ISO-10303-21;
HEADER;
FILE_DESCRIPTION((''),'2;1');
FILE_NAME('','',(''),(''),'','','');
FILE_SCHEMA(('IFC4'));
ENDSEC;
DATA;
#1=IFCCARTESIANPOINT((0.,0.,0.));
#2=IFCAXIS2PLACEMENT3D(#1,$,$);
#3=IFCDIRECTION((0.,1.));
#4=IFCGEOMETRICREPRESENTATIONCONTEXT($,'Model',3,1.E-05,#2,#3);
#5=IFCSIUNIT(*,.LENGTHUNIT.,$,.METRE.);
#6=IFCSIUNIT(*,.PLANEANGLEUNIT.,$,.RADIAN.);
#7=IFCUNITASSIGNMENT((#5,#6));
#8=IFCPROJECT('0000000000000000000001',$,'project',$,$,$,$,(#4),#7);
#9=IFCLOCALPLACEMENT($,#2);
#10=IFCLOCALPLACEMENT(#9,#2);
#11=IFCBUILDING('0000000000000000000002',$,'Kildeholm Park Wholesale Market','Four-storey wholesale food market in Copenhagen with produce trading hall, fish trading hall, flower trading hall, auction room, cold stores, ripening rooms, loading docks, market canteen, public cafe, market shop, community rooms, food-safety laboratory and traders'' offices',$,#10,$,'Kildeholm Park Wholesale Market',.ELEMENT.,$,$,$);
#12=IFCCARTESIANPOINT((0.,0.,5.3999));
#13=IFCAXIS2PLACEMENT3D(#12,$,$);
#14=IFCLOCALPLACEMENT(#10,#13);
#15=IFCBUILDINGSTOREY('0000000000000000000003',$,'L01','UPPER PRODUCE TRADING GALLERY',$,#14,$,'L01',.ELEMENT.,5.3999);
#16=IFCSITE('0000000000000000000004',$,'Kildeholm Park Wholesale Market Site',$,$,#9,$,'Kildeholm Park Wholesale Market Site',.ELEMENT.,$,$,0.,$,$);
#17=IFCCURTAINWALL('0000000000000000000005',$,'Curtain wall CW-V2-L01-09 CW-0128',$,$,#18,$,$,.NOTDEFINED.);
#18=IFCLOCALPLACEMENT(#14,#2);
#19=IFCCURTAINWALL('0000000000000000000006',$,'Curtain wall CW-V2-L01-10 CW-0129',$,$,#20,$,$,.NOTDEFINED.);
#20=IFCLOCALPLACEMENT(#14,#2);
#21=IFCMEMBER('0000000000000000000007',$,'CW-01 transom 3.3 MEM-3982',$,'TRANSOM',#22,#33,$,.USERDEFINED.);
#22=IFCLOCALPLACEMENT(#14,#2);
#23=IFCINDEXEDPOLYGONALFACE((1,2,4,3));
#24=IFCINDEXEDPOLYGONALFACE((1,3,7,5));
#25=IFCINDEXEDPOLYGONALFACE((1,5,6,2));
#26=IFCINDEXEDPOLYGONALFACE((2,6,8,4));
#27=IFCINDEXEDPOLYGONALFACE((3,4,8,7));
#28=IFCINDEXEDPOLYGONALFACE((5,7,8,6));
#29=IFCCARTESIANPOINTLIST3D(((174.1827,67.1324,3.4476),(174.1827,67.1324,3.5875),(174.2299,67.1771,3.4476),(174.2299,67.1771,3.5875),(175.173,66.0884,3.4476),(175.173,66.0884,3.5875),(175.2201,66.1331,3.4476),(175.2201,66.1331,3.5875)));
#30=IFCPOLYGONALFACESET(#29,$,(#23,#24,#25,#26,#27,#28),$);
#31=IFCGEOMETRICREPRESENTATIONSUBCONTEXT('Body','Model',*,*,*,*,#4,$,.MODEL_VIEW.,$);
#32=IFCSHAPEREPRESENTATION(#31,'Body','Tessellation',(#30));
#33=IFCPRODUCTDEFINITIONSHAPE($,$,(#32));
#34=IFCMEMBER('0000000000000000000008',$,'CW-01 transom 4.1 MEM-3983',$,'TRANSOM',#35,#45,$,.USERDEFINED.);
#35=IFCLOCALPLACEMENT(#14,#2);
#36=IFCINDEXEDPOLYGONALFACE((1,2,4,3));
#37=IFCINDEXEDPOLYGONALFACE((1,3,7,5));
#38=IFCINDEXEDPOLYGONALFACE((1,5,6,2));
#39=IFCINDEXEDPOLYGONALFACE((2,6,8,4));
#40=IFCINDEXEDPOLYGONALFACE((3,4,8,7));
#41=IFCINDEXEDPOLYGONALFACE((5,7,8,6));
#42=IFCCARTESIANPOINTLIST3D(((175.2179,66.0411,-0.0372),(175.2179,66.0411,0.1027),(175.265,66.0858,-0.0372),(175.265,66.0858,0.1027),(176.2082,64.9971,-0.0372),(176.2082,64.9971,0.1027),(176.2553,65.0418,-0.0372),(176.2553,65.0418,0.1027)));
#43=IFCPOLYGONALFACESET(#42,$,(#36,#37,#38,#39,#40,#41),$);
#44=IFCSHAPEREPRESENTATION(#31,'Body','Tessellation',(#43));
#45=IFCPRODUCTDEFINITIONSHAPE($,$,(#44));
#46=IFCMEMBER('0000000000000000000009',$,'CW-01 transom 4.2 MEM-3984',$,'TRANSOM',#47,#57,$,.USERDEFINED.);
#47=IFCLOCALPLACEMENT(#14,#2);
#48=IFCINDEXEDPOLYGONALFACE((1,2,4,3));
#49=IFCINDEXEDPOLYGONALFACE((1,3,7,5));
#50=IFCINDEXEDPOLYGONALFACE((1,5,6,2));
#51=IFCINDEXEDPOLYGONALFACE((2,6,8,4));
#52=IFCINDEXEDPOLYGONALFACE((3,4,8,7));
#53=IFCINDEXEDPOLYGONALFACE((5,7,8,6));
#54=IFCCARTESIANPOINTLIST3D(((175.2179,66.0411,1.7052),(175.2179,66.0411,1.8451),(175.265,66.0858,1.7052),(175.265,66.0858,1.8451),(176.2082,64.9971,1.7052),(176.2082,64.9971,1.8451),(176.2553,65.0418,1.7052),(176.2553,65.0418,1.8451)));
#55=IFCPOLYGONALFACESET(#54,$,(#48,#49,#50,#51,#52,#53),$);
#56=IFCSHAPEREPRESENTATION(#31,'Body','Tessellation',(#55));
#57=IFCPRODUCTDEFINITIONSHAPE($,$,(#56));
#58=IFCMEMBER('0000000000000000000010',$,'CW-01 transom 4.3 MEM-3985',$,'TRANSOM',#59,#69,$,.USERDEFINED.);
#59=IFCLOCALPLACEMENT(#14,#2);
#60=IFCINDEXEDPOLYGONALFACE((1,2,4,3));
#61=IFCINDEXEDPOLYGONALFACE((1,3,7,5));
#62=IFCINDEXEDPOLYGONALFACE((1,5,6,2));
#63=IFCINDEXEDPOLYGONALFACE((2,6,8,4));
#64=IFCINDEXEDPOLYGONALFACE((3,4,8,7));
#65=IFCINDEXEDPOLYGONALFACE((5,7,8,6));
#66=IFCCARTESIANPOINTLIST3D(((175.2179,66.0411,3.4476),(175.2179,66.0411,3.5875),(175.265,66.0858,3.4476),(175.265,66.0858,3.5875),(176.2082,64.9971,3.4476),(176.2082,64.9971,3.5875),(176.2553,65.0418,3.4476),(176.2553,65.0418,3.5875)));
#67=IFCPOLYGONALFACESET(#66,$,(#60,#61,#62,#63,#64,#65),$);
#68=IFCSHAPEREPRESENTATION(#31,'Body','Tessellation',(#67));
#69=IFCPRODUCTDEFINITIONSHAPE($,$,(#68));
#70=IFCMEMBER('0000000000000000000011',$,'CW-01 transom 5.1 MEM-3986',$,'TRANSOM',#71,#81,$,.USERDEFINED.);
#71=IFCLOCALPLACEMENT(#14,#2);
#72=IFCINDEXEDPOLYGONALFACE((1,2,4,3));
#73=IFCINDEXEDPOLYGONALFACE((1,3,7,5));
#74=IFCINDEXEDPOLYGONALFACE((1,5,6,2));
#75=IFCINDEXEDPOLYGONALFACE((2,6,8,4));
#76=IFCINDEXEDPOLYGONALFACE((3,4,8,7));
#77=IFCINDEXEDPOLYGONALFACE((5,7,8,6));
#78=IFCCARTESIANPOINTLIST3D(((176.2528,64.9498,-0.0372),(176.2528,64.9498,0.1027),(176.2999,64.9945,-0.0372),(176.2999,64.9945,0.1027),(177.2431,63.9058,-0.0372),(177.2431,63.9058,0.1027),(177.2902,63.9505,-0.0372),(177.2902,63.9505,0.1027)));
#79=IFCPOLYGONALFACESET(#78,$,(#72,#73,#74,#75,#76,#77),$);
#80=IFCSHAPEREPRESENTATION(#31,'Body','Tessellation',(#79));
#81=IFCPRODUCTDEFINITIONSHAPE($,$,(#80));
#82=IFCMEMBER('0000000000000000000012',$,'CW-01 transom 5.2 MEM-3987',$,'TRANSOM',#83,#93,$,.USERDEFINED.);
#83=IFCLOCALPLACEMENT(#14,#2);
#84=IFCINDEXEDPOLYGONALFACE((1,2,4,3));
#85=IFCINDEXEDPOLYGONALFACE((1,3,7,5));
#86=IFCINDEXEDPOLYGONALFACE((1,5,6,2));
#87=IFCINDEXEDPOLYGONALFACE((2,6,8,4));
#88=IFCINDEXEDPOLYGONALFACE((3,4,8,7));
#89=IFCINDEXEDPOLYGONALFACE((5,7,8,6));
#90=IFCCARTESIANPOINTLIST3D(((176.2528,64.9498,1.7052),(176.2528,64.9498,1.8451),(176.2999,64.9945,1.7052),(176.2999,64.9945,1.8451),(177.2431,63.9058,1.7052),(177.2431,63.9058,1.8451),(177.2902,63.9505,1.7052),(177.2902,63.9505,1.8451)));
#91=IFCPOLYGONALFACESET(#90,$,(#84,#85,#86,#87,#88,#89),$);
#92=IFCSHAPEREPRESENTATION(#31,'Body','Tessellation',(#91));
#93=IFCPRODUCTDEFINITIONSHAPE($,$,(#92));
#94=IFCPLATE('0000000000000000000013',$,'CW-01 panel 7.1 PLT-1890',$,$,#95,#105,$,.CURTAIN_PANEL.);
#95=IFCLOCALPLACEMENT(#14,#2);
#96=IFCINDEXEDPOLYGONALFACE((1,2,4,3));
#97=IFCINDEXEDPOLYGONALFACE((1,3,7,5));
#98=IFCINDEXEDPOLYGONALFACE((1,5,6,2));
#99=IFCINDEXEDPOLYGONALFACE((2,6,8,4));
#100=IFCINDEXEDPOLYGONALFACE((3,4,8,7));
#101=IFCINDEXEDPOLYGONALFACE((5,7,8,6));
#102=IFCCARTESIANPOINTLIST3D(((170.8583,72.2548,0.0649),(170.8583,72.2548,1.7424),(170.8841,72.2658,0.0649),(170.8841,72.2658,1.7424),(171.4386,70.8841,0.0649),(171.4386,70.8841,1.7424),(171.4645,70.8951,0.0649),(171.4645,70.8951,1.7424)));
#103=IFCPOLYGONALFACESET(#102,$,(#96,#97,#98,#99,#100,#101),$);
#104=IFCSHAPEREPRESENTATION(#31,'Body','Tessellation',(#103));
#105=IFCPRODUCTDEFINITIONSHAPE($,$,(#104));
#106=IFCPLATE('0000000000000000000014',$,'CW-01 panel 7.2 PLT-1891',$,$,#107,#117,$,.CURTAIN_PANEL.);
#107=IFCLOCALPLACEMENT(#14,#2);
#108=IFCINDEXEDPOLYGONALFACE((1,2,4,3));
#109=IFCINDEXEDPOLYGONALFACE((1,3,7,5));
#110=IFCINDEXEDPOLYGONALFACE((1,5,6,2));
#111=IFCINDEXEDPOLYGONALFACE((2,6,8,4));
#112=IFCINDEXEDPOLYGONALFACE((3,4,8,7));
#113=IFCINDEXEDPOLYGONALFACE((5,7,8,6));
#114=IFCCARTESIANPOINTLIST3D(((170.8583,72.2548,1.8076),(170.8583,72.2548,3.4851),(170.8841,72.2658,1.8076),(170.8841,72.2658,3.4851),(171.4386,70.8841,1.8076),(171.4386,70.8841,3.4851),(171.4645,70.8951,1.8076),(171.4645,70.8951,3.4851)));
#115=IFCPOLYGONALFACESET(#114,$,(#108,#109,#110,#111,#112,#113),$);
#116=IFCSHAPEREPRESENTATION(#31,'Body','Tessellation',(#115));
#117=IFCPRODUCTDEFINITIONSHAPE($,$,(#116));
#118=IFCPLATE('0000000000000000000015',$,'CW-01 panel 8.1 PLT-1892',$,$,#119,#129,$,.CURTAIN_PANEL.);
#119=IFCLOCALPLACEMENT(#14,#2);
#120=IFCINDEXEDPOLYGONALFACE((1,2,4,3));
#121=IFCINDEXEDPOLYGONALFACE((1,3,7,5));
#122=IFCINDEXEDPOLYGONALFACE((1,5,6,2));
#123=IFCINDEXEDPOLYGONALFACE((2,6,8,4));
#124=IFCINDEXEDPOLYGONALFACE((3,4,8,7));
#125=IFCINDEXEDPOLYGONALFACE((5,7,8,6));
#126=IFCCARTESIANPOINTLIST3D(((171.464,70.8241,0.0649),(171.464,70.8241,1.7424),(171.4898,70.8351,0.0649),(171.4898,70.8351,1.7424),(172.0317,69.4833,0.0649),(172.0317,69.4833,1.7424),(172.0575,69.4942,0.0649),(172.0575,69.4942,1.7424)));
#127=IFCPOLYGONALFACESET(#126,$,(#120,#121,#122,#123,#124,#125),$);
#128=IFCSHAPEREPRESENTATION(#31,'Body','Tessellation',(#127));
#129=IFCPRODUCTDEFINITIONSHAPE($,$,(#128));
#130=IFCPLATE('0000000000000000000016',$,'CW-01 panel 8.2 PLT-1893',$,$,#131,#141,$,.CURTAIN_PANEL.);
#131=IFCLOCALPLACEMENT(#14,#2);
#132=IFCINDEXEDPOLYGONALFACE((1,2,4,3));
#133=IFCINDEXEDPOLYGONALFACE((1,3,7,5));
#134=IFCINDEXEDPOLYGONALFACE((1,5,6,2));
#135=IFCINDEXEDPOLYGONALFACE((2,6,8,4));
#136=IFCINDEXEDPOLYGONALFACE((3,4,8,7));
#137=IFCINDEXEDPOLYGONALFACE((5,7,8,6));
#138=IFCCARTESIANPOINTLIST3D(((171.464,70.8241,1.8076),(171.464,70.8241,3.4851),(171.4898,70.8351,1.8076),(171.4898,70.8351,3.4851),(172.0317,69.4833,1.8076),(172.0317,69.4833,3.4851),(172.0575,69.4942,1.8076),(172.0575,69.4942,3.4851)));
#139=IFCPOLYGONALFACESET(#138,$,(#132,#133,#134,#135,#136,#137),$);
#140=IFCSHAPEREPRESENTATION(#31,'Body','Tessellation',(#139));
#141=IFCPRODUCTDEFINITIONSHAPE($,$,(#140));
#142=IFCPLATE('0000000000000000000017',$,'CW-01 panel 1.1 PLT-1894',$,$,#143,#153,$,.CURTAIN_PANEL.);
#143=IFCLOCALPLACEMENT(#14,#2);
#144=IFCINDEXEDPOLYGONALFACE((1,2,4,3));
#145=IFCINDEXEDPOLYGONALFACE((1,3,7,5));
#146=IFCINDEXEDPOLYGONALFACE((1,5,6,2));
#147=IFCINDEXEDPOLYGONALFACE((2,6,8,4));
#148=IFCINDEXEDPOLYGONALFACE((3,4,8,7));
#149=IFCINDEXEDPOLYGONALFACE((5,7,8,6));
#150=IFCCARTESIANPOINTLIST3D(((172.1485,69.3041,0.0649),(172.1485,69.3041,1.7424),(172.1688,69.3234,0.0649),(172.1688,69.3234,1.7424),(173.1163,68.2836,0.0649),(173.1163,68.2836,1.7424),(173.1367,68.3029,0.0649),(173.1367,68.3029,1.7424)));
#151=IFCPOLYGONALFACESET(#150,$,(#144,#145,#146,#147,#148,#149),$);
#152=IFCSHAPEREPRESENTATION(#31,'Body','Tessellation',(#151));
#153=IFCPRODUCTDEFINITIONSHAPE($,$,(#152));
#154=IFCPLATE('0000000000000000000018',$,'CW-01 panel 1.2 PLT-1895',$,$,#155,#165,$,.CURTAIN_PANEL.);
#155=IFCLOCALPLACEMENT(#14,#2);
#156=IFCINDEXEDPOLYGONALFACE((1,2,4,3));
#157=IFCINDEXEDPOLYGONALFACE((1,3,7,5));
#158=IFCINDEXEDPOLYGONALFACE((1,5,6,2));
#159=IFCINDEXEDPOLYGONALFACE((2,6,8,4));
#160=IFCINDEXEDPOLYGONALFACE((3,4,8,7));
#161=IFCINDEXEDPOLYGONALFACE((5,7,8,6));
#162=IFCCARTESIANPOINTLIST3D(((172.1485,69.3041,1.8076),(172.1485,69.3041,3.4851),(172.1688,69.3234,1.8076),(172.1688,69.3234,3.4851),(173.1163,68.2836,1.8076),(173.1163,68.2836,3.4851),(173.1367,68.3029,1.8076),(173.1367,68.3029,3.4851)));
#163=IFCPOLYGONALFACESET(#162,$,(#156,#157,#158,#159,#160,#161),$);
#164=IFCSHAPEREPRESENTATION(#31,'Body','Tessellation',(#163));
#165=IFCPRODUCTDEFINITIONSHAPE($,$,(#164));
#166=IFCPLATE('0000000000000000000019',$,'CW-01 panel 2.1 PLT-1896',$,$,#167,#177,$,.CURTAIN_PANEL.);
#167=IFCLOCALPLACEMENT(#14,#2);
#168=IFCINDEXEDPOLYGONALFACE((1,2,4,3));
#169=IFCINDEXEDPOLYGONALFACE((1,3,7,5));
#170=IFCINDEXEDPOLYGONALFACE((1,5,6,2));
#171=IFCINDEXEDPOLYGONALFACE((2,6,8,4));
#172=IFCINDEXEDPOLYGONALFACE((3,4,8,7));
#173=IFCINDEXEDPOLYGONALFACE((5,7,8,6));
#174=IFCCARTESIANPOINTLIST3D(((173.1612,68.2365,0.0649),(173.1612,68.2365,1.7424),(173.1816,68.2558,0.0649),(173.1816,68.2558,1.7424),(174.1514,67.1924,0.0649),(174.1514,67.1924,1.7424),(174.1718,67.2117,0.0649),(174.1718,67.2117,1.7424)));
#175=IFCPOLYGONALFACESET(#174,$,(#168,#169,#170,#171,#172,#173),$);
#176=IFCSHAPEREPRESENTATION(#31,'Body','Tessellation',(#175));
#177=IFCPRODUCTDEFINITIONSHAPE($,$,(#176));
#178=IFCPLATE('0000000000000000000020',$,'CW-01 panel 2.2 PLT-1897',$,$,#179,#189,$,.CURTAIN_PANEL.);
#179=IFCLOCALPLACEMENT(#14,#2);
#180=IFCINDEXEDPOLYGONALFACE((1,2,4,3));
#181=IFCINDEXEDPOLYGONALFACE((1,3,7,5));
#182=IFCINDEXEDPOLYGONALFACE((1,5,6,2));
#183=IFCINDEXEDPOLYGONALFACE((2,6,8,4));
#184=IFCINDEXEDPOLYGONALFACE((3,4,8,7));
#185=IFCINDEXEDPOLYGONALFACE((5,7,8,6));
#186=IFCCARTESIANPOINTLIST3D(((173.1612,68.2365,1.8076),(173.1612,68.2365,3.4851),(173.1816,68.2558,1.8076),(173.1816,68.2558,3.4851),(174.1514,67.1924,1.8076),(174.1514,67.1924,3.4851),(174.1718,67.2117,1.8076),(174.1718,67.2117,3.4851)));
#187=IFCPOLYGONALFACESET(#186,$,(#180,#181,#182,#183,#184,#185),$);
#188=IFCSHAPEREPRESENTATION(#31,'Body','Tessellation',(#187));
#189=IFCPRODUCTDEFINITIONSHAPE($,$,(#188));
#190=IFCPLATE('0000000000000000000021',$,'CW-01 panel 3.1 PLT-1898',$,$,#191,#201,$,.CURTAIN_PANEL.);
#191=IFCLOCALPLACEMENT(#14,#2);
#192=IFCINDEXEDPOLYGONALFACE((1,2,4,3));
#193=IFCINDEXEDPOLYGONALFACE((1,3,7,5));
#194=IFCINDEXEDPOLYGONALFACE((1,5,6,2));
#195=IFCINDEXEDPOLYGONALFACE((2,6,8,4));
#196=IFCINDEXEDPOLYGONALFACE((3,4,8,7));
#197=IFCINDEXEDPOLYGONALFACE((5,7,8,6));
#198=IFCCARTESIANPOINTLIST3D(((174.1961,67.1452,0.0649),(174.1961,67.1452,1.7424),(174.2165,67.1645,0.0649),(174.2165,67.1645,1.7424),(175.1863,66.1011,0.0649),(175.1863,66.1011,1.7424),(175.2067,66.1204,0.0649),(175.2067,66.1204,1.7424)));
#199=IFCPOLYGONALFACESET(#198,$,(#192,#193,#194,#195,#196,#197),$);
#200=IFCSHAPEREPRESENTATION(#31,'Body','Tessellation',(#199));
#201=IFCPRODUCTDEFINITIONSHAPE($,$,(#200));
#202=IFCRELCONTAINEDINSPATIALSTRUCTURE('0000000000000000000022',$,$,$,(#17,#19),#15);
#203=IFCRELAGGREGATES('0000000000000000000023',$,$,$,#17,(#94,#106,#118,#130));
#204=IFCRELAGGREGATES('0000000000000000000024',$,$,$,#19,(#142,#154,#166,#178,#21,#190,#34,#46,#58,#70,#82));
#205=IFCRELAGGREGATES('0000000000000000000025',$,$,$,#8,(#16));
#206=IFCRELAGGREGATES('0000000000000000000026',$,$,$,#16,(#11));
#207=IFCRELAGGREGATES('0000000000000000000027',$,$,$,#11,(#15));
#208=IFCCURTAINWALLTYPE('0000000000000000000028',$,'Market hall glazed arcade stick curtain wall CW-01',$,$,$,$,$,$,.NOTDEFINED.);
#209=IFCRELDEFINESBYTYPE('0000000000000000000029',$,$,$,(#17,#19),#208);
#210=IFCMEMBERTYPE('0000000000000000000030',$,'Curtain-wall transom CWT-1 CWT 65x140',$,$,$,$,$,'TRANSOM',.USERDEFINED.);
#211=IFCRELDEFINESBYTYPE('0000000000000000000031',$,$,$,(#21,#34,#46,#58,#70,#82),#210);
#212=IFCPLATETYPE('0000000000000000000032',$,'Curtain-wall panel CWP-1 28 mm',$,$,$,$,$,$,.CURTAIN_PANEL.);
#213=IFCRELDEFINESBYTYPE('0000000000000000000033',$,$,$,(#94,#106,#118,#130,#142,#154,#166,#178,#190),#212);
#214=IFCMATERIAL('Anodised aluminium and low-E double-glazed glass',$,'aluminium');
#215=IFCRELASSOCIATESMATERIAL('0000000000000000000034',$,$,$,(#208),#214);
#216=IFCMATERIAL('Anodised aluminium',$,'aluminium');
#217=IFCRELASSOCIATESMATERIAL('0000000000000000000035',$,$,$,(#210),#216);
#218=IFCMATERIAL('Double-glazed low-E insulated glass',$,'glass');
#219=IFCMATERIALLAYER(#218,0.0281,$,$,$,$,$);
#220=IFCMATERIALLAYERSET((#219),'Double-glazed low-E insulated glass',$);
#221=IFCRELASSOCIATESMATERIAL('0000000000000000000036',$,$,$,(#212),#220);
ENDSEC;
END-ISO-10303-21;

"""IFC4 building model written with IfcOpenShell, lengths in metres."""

from ifc_helpers import new_model, si_unit, direction, frame, origin, origin_2d, place, context, subcontext, project, spatial, rectangle, extrude, material, layer, layer_set, material_profile, profile_set, type_object, element, aggregate, save


model = new_model("IFC4")

# Units and contexts
model_context = context("Model", 3, precision=1e-05, world=origin(), true_north=direction((0.0, 1.0)))
body_context = subcontext(model_context, "Body", "Model", "MODEL_VIEW")
ifc_project = project(units=[si_unit("LENGTHUNIT", "METRE"), si_unit("PLANEANGLEUNIT", "RADIAN")], contexts=[model_context])

# Site, building, storey
site_placement = place(None, origin())
site = spatial("IfcSite", under=ifc_project, at=site_placement, Name="Kildeholm Park Wholesale Market Site", LongName="Kildeholm Park Wholesale Market Site", CompositionType="ELEMENT", RefElevation=0.0)
building_placement = place(site_placement, origin())
building = spatial("IfcBuilding", under=site, at=building_placement, Name="Kildeholm Park Wholesale Market", Description="Four-storey wholesale food market in Copenhagen with produce trading hall, fish trading hall, flower trading hall, auction room, cold stores, ripening rooms, loading docks, market canteen, public cafe, market shop, community rooms, food-safety laboratory and traders' offices", LongName="Kildeholm Park Wholesale Market", CompositionType="ELEMENT")
storey_placement = place(building_placement, frame((0.0, 0.0, 5.3999)))
storey = spatial("IfcBuildingStorey", under=building, at=storey_placement, Name="L01", Description="UPPER PRODUCE TRADING GALLERY", LongName="L01", CompositionType="ELEMENT", Elevation=5.3999)

# Curtain walls
ifc_material_1 = material(Name="Anodised aluminium and low-E double-glazed glass", Category="aluminium")
curtain_wall_type = type_object("IfcCurtainWallType", Name="Market hall glazed arcade stick curtain wall CW-01", PredefinedType="NOTDEFINED", material=ifc_material_1)
curtain_wall_1_placement = place(storey_placement, origin())
curtain_wall_1 = element("IfcCurtainWall", 1, at=curtain_wall_1_placement, inside=storey, type_object=curtain_wall_type, Name="Curtain wall CW-V2-L01-09 CW-0128", PredefinedType="NOTDEFINED")
ifc_material_2 = material(Name="Anodised aluminium", Category="aluminium")
curtain_wall_2_placement = place(storey_placement, origin())
curtain_wall_2 = element("IfcCurtainWall", 2, at=curtain_wall_2_placement, inside=storey, type_object=curtain_wall_type, Name="Curtain wall CW-V2-L01-10 CW-0129", PredefinedType="NOTDEFINED")

# Members
ifc_material_profile_1 = material_profile(ifc_material_2, rectangle(XDim=0.0649, YDim=0.1399, at=origin_2d()), Name="CWT 65x140")
ifc_profile_set_1 = profile_set([ifc_material_profile_1], Name="Anodised aluminium")
member_type_1 = type_object("IfcMemberType", Name="Curtain-wall transom CWT-1 CWT 65x140", ElementType="TRANSOM", PredefinedType="USERDEFINED", material=ifc_profile_set_1)
member_1_placement = place(storey_placement, frame((174.2063, 67.1548, 3.5176), z_axis=(0.688196, -0.725525, 0.0), x_axis=(0.725525, 0.688196, 0.0)))
member_1 = element("IfcMember", 3, at=member_1_placement, type_object=member_type_1, Name="CW-01 transom 3.3 MEM-3982", ObjectType="TRANSOM", PredefinedType="USERDEFINED", context=body_context, shape_type="SweptSolid", body=[
    extrude(rectangle(XDim=0.0649, YDim=0.1399, at=origin_2d()), origin(), (0.0, 0.0, 1.0), 1.439),
])
member_2_placement = place(storey_placement, frame((175.2415, 66.0635, 0.0327), z_axis=(0.688196, -0.725525, 0.0), x_axis=(0.725525, 0.688196, 0.0)))
member_2 = element("IfcMember", 4, at=member_2_placement, type_object=member_type_1, Name="CW-01 transom 4.1 MEM-3983", ObjectType="TRANSOM", PredefinedType="USERDEFINED", context=body_context, shape_type="SweptSolid", body=[
    extrude(rectangle(XDim=0.0649, YDim=0.1399, at=origin_2d()), origin(), (0.0, 0.0, 1.0), 1.439),
])
member_3_placement = place(storey_placement, frame((175.2415, 66.0635, 1.7751), z_axis=(0.688196, -0.725525, 0.0), x_axis=(0.725525, 0.688196, 0.0)))
member_3 = element("IfcMember", 5, at=member_3_placement, type_object=member_type_1, Name="CW-01 transom 4.2 MEM-3984", ObjectType="TRANSOM", PredefinedType="USERDEFINED", context=body_context, shape_type="SweptSolid", body=[
    extrude(rectangle(XDim=0.0649, YDim=0.1399, at=origin_2d()), origin(), (0.0, 0.0, 1.0), 1.439),
])
member_4_placement = place(storey_placement, frame((175.2415, 66.0635, 3.5176), z_axis=(0.688196, -0.725525, 0.0), x_axis=(0.725525, 0.688196, 0.0)))
member_4 = element("IfcMember", 6, at=member_4_placement, type_object=member_type_1, Name="CW-01 transom 4.3 MEM-3985", ObjectType="TRANSOM", PredefinedType="USERDEFINED", context=body_context, shape_type="SweptSolid", body=[
    extrude(rectangle(XDim=0.0649, YDim=0.1399, at=origin_2d()), origin(), (0.0, 0.0, 1.0), 1.439),
])
member_5_placement = place(storey_placement, frame((176.2764, 64.9722, 0.0327), z_axis=(0.688196, -0.725525, 0.0), x_axis=(0.725525, 0.688196, 0.0)))
member_5 = element("IfcMember", 7, at=member_5_placement, type_object=member_type_1, Name="CW-01 transom 5.1 MEM-3986", ObjectType="TRANSOM", PredefinedType="USERDEFINED", context=body_context, shape_type="SweptSolid", body=[
    extrude(rectangle(XDim=0.0649, YDim=0.1399, at=origin_2d()), origin(), (0.0, 0.0, 1.0), 1.439),
])
member_6_placement = place(storey_placement, frame((176.2764, 64.9722, 1.7751), z_axis=(0.688196, -0.725525, 0.0), x_axis=(0.725525, 0.688196, 0.0)))
member_6 = element("IfcMember", 8, at=member_6_placement, type_object=member_type_1, Name="CW-01 transom 5.2 MEM-3987", ObjectType="TRANSOM", PredefinedType="USERDEFINED", context=body_context, shape_type="SweptSolid", body=[
    extrude(rectangle(XDim=0.0649, YDim=0.1399, at=origin_2d()), origin(), (0.0, 0.0, 1.0), 1.439),
])

# Plates
ifc_material_3 = material(Name="Double-glazed low-E insulated glass", Category="glass")
ifc_layer = layer(ifc_material_3, 0.0281)
ifc_layer_set = layer_set([ifc_layer], Name="Double-glazed low-E insulated glass")
plate_type = type_object("IfcPlateType", Name="Curtain-wall panel CWP-1 28 mm", PredefinedType="CURTAIN_PANEL", material=ifc_layer_set)
plate_1_placement = place(storey_placement, frame((171.1614, 71.575, 0.0649), z_axis=(0.0, 0.0, 1.0), x_axis=(0.389905, -0.920855, 0.0)))
plate_1 = element("IfcPlate", 9, at=plate_1_placement, type_object=plate_type, Name="CW-01 panel 7.1 PLT-1890", PredefinedType="CURTAIN_PANEL", context=body_context, shape_type="SweptSolid", body=[
    extrude(rectangle(XDim=1.4885, YDim=0.0281, at=origin_2d()), origin(), (0.0, 0.0, 1.0), 1.6775),
])
plate_2_placement = place(storey_placement, frame((171.1614, 71.575, 1.8076), z_axis=(0.0, 0.0, 1.0), x_axis=(0.389905, -0.920855, 0.0)))
plate_2 = element("IfcPlate", 10, at=plate_2_placement, type_object=plate_type, Name="CW-01 panel 7.2 PLT-1891", PredefinedType="CURTAIN_PANEL", context=body_context, shape_type="SweptSolid", body=[
    extrude(rectangle(XDim=1.4885, YDim=0.0281, at=origin_2d()), origin(), (0.0, 0.0, 1.0), 1.6775),
])
plate_3_placement = place(storey_placement, frame((171.7607, 70.1592, 0.0649), z_axis=(0.0, 0.0, 1.0), x_axis=(0.389905, -0.920855, 0.0)))
plate_3 = element("IfcPlate", 11, at=plate_3_placement, type_object=plate_type, Name="CW-01 panel 8.1 PLT-1892", PredefinedType="CURTAIN_PANEL", context=body_context, shape_type="SweptSolid", body=[
    extrude(rectangle(XDim=1.4561, YDim=0.0281, at=origin_2d()), origin(), (0.0, 0.0, 1.0), 1.6775),
])
plate_4_placement = place(storey_placement, frame((171.7607, 70.1592, 1.8076), z_axis=(0.0, 0.0, 1.0), x_axis=(0.389905, -0.920855, 0.0)))
plate_4 = element("IfcPlate", 12, at=plate_4_placement, type_object=plate_type, Name="CW-01 panel 8.2 PLT-1893", PredefinedType="CURTAIN_PANEL", context=body_context, shape_type="SweptSolid", body=[
    extrude(rectangle(XDim=1.4561, YDim=0.0281, at=origin_2d()), origin(), (0.0, 0.0, 1.0), 1.6775),
])
aggregate(curtain_wall_1, [plate_1, plate_2, plate_3, plate_4])
plate_5_placement = place(storey_placement, frame((172.6426, 68.8035, 0.0649), z_axis=(0.0, 0.0, 1.0), x_axis=(0.688148, -0.725571, 0.0)))
plate_5 = element("IfcPlate", 13, at=plate_5_placement, type_object=plate_type, Name="CW-01 panel 1.1 PLT-1894", PredefinedType="CURTAIN_PANEL", context=body_context, shape_type="SweptSolid", body=[
    extrude(rectangle(XDim=1.4065, YDim=0.0281, at=origin_2d()), origin(), (0.0, 0.0, 1.0), 1.6775),
])
plate_6_placement = place(storey_placement, frame((172.6426, 68.8035, 1.8076), z_axis=(0.0, 0.0, 1.0), x_axis=(0.688148, -0.725571, 0.0)))
plate_6 = element("IfcPlate", 14, at=plate_6_placement, type_object=plate_type, Name="CW-01 panel 1.2 PLT-1895", PredefinedType="CURTAIN_PANEL", context=body_context, shape_type="SweptSolid", body=[
    extrude(rectangle(XDim=1.4065, YDim=0.0281, at=origin_2d()), origin(), (0.0, 0.0, 1.0), 1.6775),
])
plate_7_placement = place(storey_placement, frame((173.6665, 67.7241, 0.0649), z_axis=(0.0, 0.0, 1.0), x_axis=(0.688148, -0.725571, 0.0)))
plate_7 = element("IfcPlate", 15, at=plate_7_placement, type_object=plate_type, Name="CW-01 panel 2.1 PLT-1896", PredefinedType="CURTAIN_PANEL", context=body_context, shape_type="SweptSolid", body=[
    extrude(rectangle(XDim=1.439, YDim=0.0281, at=origin_2d()), origin(), (0.0, 0.0, 1.0), 1.6775),
])
plate_8_placement = place(storey_placement, frame((173.6665, 67.7241, 1.8076), z_axis=(0.0, 0.0, 1.0), x_axis=(0.688148, -0.725571, 0.0)))
plate_8 = element("IfcPlate", 16, at=plate_8_placement, type_object=plate_type, Name="CW-01 panel 2.2 PLT-1897", PredefinedType="CURTAIN_PANEL", context=body_context, shape_type="SweptSolid", body=[
    extrude(rectangle(XDim=1.439, YDim=0.0281, at=origin_2d()), origin(), (0.0, 0.0, 1.0), 1.6775),
])
plate_9_placement = place(storey_placement, frame((174.7014, 66.6328, 0.0649), z_axis=(0.0, 0.0, 1.0), x_axis=(0.688148, -0.725571, 0.0)))
plate_9 = element("IfcPlate", 17, at=plate_9_placement, type_object=plate_type, Name="CW-01 panel 3.1 PLT-1898", PredefinedType="CURTAIN_PANEL", context=body_context, shape_type="SweptSolid", body=[
    extrude(rectangle(XDim=1.439, YDim=0.0281, at=origin_2d()), origin(), (0.0, 0.0, 1.0), 1.6775),
])
aggregate(curtain_wall_2, [plate_5, plate_6, plate_7, plate_8, member_1, plate_9, member_2, member_3, member_4, member_5, member_6])

save(model, "model.ifc")
